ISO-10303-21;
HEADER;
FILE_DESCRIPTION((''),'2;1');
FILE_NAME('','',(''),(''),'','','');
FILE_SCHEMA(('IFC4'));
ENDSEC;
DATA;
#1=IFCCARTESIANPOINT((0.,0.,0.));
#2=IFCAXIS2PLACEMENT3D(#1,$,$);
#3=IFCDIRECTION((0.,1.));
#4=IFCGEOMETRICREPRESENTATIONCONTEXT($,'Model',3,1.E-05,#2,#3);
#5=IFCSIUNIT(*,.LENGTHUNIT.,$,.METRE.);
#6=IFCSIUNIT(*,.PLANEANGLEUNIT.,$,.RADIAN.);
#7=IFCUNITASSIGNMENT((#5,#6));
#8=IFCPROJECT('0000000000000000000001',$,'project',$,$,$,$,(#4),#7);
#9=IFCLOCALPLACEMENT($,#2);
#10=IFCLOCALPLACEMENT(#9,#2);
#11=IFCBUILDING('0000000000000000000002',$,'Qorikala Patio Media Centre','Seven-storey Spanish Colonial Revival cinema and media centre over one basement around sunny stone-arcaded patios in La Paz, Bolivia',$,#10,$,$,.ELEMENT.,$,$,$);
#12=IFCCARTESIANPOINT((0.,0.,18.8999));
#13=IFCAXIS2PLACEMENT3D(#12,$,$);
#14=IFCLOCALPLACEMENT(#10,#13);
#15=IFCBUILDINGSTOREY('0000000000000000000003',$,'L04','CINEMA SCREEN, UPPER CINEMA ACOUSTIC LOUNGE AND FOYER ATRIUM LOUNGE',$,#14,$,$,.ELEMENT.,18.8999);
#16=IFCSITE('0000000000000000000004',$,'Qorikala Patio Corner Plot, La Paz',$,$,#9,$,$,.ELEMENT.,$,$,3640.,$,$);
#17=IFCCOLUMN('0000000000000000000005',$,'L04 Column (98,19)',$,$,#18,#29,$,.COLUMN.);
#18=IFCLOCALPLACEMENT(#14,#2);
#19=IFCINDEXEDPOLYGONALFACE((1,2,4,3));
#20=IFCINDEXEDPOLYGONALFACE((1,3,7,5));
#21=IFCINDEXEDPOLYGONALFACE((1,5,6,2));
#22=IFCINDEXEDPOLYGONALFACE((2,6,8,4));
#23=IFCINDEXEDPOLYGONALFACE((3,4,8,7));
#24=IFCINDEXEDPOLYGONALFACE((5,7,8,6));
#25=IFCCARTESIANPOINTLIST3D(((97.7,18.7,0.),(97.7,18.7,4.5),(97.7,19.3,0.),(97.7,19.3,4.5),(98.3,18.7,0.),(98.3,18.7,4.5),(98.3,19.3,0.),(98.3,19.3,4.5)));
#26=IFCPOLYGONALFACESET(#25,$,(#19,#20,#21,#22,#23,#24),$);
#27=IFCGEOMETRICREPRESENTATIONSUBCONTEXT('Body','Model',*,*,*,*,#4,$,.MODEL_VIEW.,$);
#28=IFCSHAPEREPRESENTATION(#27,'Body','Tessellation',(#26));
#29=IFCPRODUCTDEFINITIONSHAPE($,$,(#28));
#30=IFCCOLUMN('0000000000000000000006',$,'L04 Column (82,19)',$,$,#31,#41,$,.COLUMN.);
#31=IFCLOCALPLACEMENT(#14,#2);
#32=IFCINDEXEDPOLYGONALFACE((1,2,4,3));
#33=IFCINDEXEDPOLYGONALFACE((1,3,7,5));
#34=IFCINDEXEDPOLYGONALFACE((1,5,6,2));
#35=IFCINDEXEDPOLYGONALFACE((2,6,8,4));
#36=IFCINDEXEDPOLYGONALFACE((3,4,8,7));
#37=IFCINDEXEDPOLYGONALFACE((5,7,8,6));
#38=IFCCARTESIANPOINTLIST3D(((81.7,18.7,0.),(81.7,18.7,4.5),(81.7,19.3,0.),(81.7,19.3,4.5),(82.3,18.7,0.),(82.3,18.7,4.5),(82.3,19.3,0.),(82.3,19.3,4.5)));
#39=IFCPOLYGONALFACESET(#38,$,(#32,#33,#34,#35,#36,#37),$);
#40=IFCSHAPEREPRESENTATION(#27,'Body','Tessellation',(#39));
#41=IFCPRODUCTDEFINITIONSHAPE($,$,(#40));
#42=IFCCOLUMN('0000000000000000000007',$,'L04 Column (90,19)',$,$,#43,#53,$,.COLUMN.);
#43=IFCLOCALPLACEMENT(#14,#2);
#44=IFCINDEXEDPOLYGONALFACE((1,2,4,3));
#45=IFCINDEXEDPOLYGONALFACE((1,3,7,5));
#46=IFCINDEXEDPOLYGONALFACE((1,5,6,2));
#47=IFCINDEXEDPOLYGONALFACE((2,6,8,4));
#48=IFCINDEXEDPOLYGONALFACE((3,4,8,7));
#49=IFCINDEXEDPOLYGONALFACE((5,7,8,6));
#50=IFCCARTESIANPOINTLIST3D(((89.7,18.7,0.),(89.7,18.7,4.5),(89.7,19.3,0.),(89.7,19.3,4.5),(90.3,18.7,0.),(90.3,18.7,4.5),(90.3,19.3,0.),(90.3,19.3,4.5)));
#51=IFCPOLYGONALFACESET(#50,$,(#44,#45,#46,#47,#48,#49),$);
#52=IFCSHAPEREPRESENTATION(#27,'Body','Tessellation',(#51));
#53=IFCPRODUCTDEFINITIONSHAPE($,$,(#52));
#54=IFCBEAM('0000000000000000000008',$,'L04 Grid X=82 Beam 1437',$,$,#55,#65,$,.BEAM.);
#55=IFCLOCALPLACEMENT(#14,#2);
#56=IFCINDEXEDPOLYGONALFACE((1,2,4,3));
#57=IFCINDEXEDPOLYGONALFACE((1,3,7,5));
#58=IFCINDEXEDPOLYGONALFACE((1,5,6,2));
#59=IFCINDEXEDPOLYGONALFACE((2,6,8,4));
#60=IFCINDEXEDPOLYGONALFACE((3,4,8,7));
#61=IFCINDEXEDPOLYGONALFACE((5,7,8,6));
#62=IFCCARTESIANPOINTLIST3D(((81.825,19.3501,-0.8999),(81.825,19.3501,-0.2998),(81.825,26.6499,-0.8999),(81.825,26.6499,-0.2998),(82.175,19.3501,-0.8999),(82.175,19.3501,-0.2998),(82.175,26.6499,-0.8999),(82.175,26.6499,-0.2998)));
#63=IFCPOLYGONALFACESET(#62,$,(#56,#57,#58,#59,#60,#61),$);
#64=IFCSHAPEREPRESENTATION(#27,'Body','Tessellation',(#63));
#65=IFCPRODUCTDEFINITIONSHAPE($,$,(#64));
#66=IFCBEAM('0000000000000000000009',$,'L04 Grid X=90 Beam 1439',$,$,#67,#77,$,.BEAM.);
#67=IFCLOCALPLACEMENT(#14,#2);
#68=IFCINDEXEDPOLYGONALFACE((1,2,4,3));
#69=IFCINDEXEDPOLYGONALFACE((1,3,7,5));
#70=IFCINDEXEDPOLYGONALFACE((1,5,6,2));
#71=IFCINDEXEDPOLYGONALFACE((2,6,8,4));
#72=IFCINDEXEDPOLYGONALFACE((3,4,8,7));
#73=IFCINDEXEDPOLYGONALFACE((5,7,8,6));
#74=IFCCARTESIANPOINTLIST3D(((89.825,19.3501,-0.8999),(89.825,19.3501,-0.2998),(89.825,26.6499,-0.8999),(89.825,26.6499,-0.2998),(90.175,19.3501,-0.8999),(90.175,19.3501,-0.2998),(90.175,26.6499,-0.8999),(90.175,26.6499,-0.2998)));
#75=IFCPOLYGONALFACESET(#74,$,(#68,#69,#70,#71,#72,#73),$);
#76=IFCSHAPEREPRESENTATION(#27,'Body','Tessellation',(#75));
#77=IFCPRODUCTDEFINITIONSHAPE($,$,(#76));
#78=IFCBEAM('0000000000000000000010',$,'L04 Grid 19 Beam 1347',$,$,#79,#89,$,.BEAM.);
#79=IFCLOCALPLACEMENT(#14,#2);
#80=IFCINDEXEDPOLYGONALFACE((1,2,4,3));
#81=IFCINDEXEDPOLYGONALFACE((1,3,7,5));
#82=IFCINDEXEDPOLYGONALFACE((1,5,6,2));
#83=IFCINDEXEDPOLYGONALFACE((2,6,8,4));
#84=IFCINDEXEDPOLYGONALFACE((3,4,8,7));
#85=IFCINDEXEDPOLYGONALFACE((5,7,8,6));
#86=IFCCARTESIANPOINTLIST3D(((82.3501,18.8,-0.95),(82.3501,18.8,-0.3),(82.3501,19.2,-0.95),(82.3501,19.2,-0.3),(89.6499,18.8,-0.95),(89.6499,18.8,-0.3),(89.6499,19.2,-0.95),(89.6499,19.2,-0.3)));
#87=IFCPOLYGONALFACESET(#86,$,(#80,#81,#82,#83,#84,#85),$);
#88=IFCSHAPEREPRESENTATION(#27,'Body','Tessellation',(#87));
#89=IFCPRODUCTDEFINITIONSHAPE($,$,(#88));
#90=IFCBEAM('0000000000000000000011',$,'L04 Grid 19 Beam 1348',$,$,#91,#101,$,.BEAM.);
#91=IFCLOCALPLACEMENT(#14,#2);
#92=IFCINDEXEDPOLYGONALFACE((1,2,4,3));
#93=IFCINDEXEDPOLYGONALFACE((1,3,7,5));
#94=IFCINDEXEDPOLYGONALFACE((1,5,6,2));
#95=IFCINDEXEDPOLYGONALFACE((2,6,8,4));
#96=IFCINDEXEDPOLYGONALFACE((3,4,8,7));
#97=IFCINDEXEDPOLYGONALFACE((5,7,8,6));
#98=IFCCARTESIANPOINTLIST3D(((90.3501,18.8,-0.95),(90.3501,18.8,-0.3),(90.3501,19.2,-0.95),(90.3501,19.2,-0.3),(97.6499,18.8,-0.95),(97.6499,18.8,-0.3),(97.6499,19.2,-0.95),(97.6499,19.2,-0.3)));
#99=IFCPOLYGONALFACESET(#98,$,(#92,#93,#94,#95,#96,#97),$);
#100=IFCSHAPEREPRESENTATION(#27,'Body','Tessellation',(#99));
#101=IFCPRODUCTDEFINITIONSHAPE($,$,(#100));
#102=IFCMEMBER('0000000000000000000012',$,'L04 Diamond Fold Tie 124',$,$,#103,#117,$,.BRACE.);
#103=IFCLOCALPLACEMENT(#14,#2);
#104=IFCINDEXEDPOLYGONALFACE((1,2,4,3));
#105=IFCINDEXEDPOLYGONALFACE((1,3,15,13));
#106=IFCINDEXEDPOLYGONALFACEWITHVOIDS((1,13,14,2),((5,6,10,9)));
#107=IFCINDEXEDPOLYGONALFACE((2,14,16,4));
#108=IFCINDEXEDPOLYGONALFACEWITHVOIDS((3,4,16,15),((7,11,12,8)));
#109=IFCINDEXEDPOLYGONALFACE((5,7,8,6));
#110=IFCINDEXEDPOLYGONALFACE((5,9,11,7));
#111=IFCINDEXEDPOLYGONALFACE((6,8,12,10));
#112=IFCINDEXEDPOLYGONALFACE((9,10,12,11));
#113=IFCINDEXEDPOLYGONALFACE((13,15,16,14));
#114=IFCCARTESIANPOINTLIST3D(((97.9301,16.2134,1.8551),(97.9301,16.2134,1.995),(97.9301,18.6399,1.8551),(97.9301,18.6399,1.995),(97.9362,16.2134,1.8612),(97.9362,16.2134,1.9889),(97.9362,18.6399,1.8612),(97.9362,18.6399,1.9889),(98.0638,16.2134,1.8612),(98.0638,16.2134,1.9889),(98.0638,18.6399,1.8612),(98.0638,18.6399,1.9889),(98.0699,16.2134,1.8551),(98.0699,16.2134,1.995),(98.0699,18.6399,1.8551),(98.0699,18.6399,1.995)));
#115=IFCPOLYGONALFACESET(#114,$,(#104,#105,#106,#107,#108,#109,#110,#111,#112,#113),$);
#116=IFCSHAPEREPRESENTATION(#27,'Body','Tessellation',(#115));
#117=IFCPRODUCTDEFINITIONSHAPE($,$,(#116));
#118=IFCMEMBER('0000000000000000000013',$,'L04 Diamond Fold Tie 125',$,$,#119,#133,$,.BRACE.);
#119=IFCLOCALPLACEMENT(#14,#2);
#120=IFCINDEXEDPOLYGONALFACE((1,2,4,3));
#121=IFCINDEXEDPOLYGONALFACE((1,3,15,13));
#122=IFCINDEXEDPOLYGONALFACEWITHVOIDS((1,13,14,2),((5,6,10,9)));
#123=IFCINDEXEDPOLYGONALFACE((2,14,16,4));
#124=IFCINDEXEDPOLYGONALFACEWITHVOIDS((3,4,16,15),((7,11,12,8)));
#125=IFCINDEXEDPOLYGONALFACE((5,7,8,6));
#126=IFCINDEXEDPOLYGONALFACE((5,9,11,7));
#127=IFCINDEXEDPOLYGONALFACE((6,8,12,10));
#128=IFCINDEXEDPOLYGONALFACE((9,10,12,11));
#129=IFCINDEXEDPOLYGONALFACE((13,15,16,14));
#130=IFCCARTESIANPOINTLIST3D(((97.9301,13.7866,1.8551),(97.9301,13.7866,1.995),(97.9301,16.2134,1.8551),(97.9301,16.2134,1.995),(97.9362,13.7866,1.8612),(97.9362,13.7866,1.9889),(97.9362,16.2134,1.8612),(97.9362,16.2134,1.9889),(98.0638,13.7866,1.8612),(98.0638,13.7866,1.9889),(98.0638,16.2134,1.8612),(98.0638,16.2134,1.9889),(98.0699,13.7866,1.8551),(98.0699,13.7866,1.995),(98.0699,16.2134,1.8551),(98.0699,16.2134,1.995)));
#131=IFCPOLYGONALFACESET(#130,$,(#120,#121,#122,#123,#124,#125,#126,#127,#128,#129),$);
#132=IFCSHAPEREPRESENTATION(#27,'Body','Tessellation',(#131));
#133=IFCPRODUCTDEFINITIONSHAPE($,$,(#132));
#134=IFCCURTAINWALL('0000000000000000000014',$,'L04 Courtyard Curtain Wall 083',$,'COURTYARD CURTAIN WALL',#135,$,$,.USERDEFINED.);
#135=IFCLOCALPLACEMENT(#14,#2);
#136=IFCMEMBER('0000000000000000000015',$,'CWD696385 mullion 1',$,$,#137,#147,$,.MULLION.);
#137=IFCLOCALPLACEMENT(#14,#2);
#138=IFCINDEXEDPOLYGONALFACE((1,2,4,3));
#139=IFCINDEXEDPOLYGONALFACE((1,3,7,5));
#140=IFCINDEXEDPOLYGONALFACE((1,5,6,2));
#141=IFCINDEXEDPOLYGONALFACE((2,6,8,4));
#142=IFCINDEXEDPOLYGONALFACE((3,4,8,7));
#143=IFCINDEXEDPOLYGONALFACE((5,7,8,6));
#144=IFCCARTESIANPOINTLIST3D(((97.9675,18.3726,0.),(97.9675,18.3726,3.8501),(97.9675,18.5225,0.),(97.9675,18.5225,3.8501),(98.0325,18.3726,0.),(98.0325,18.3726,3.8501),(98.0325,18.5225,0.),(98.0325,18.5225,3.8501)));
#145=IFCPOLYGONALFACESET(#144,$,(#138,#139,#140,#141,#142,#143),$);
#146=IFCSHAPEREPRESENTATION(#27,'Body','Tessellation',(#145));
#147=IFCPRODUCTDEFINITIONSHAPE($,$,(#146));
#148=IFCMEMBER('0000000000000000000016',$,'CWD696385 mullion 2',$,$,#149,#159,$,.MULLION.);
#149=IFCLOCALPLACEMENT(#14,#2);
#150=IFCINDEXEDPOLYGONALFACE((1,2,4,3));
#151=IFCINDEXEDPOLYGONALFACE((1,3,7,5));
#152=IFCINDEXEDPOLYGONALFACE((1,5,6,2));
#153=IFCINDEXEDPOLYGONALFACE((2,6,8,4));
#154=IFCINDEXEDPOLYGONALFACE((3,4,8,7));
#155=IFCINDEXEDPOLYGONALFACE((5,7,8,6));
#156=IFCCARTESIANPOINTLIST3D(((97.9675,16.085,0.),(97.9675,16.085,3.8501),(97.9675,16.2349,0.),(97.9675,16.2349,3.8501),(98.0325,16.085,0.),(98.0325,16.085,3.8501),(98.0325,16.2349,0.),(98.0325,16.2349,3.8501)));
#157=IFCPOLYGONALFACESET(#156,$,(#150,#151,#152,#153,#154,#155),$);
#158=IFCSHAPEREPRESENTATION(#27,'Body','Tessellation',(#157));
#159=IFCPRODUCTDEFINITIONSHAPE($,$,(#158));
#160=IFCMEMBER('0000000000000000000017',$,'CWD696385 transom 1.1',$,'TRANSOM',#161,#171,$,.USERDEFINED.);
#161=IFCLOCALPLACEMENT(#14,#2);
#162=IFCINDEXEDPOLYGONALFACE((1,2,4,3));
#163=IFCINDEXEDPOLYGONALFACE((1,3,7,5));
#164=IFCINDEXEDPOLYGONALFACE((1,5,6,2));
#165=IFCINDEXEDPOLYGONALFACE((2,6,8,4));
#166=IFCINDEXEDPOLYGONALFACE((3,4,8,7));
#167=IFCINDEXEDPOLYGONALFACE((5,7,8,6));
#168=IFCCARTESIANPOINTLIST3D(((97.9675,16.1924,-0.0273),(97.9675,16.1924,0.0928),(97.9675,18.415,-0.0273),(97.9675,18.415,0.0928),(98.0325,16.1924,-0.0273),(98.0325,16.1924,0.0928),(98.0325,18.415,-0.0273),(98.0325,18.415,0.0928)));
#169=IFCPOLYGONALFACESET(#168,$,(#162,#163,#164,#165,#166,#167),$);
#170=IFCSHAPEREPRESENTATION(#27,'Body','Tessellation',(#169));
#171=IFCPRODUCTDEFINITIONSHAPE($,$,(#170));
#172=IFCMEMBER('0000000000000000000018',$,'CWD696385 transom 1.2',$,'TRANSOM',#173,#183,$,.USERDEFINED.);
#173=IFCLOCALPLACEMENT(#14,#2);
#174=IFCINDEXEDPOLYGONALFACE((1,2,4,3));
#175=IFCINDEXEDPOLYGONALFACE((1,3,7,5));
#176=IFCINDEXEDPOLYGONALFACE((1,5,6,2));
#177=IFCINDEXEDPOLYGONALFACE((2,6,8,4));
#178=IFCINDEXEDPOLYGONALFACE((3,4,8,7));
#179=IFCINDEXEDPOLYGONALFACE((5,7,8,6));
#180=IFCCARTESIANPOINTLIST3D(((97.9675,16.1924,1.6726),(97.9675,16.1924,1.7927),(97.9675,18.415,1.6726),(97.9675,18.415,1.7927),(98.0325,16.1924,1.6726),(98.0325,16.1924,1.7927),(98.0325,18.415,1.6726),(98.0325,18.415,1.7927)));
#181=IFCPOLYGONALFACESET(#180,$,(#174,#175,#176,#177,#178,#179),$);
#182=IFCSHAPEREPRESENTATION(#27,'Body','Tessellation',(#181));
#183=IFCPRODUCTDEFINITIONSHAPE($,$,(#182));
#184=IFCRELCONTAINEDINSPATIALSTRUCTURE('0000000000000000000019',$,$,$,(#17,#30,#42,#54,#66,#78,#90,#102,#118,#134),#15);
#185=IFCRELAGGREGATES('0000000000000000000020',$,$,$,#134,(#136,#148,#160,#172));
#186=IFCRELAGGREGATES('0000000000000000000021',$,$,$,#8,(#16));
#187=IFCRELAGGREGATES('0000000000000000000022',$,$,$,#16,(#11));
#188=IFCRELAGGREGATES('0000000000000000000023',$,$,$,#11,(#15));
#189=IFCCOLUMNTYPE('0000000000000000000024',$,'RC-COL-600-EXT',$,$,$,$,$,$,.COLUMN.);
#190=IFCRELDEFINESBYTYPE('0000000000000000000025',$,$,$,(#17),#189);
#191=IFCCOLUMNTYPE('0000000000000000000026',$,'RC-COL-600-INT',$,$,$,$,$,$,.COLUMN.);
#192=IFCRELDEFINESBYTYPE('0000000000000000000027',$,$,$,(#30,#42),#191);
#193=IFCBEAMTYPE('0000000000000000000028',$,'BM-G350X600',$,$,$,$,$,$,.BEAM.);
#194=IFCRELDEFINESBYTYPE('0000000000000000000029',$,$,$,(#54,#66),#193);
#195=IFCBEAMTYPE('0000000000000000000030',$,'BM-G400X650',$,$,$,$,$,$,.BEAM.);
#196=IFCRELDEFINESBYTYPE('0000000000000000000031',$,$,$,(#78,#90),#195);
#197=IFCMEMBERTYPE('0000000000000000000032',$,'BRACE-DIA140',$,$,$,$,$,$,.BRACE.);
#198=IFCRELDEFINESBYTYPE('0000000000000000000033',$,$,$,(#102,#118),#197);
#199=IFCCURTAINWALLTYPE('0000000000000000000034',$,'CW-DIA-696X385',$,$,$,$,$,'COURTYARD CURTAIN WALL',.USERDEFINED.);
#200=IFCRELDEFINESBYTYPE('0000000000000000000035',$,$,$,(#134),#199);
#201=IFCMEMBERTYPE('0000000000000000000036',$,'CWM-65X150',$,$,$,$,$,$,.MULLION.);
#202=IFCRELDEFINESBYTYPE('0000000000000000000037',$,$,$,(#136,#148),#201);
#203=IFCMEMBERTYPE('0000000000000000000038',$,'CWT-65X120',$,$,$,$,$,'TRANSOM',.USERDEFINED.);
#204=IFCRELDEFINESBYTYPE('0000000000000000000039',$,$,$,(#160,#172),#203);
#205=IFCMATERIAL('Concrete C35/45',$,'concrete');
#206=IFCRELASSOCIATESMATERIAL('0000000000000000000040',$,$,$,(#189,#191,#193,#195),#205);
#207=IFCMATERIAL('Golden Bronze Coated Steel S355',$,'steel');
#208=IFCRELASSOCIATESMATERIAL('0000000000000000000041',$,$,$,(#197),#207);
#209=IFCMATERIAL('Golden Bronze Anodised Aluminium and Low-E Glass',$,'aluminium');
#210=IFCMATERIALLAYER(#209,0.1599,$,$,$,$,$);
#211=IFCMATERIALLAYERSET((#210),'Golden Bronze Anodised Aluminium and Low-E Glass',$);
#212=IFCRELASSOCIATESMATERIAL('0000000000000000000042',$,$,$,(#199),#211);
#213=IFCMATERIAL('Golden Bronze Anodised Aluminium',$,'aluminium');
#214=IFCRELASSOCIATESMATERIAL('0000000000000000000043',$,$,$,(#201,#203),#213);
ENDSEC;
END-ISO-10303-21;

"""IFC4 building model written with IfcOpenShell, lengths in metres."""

from ifc_helpers import new_model, si_unit, direction, frame, origin, origin_2d, place, context, subcontext, project, spatial, rectangle, hollow_rectangle, extrude, material, layer, layer_set, material_profile, profile_set, type_object, element, aggregate, save


model = new_model("IFC4")

# Units and contexts
model_context = context("Model", 3, precision=1e-05, world=origin(), true_north=direction((0.0, 1.0)))
body_context = subcontext(model_context, "Body", "Model", "MODEL_VIEW")
ifc_project = project(units=[si_unit("LENGTHUNIT", "METRE"), si_unit("PLANEANGLEUNIT", "RADIAN")], contexts=[model_context])

# Site, building, storey
site_placement = place(None, origin())
site = spatial("IfcSite", under=ifc_project, at=site_placement, Name="Qorikala Patio Corner Plot, La Paz", CompositionType="ELEMENT", RefElevation=3640.0)
building_placement = place(site_placement, origin())
building = spatial("IfcBuilding", under=site, at=building_placement, Name="Qorikala Patio Media Centre", Description="Seven-storey Spanish Colonial Revival cinema and media centre over one basement around sunny stone-arcaded patios in La Paz, Bolivia", CompositionType="ELEMENT")
storey_placement = place(building_placement, frame((0.0, 0.0, 18.8999)))
storey = spatial("IfcBuildingStorey", under=building, at=storey_placement, Name="L04", Description="CINEMA SCREEN, UPPER CINEMA ACOUSTIC LOUNGE AND FOYER ATRIUM LOUNGE", CompositionType="ELEMENT", Elevation=18.8999)

# Columns
ifc_material_1 = material(Name="Concrete C35/45", Category="concrete")
ifc_material_profile_1 = material_profile(ifc_material_1, rectangle(XDim=0.6001, YDim=0.6001, at=origin_2d()), Name="RC 600x600")
ifc_profile_set_1 = profile_set([ifc_material_profile_1], Name="Concrete C35/45")
column_type_1 = type_object("IfcColumnType", Name="RC-COL-600-EXT", PredefinedType="COLUMN", material=ifc_profile_set_1)
column_placement = place(storey_placement, frame((98.0, 19.0, 0.0), z_axis=(0.0, 0.0, 1.0), x_axis=(1.0, 0.0, 0.0)))
element("IfcColumn", 1, at=column_placement, inside=storey, type_object=column_type_1, Name="L04 Column (98,19)", PredefinedType="COLUMN", context=body_context, shape_type="SweptSolid", body=[
    extrude(rectangle(XDim=0.6001, YDim=0.6001, at=origin_2d()), origin(), (0.0, 0.0, 1.0), 4.5),
])
ifc_material_profile_2 = material_profile(ifc_material_1, rectangle(XDim=0.6001, YDim=0.6001, at=origin_2d()), Name="RC 600x600")
ifc_profile_set_2 = profile_set([ifc_material_profile_2], Name="Concrete C35/45")
column_type_2 = type_object("IfcColumnType", Name="RC-COL-600-INT", PredefinedType="COLUMN", material=ifc_profile_set_2)
for number, where, z_axis, x_axis, name in (
    (2, (82.0, 19.0, 0.0), (0.0, 0.0, 1.0), (1.0, 0.0, 0.0), "L04 Column (82,19)"),
    (3, (90.0, 19.0, 0.0), (0.0, 0.0, 1.0), (1.0, 0.0, 0.0), "L04 Column (90,19)"),
):
    element("IfcColumn", number, at=place(storey_placement, frame(where, z_axis=z_axis, x_axis=x_axis)), inside=storey, type_object=column_type_2, Name=name, PredefinedType="COLUMN", context=body_context, shape_type="SweptSolid", body=[
        extrude(rectangle(XDim=0.6001, YDim=0.6001, at=origin_2d()), origin(), (0.0, 0.0, 1.0), 4.5),
    ])

# Beams
ifc_material_profile_3 = material_profile(ifc_material_1, rectangle(XDim=0.3501, YDim=0.6001, at=origin_2d()), Name="RC 350x600")
ifc_profile_set_3 = profile_set([ifc_material_profile_3], Name="Concrete C35/45")
beam_type_1 = type_object("IfcBeamType", Name="BM-G350X600", PredefinedType="BEAM", material=ifc_profile_set_3)
for number, where, z_axis, x_axis, name in (
    (4, (82.0, 19.3501, -0.5999), (0.0, 1.0, 0.0), (-1.0, 0.0, 0.0), "L04 Grid X=82 Beam 1437"),
    (5, (90.0, 19.3501, -0.5999), (0.0, 1.0, 0.0), (-1.0, 0.0, 0.0), "L04 Grid X=90 Beam 1439"),
):
    element("IfcBeam", number, at=place(storey_placement, frame(where, z_axis=z_axis, x_axis=x_axis)), inside=storey, type_object=beam_type_1, Name=name, PredefinedType="BEAM", context=body_context, shape_type="SweptSolid", body=[
        extrude(rectangle(XDim=0.3501, YDim=0.6001, at=origin_2d()), origin(), (0.0, 0.0, 1.0), 7.2998),
    ])
ifc_material_profile_4 = material_profile(ifc_material_1, rectangle(XDim=0.3999, YDim=0.6499, at=origin_2d()), Name="RC 400x650")
ifc_profile_set_4 = profile_set([ifc_material_profile_4], Name="Concrete C35/45")
beam_type_2 = type_object("IfcBeamType", Name="BM-G400X650", PredefinedType="BEAM", material=ifc_profile_set_4)
for number, where, z_axis, x_axis, name in (
    (6, (82.3501, 19.0, -0.625), (1.0, 0.0, 0.0), (0.0, 1.0, 0.0), "L04 Grid 19 Beam 1347"),
    (7, (90.3501, 19.0, -0.625), (1.0, 0.0, 0.0), (0.0, 1.0, 0.0), "L04 Grid 19 Beam 1348"),
):
    element("IfcBeam", number, at=place(storey_placement, frame(where, z_axis=z_axis, x_axis=x_axis)), inside=storey, type_object=beam_type_2, Name=name, PredefinedType="BEAM", context=body_context, shape_type="SweptSolid", body=[
        extrude(rectangle(XDim=0.3999, YDim=0.6499, at=origin_2d()), origin(), (0.0, 0.0, 1.0), 7.2998),
    ])

# Members
ifc_material_2 = material(Name="Golden Bronze Coated Steel S355", Category="steel")
ifc_material_profile_5 = material_profile(ifc_material_2, hollow_rectangle(XDim=0.1399, YDim=0.1399, WallThickness=0.0061, at=origin_2d()), Name="HSS140X140X6")
ifc_profile_set_5 = profile_set([ifc_material_profile_5], Name="Golden Bronze Coated Steel S355")
member_type_1 = type_object("IfcMemberType", Name="BRACE-DIA140", PredefinedType="BRACE", material=ifc_profile_set_5)
member_1_placement = place(storey_placement, frame((98.0, 18.6399, 1.925), z_axis=(0.0, -1.0, 0.0), x_axis=(1.0, 0.0, 0.0)))
element("IfcMember", 8, at=member_1_placement, inside=storey, type_object=member_type_1, Name="L04 Diamond Fold Tie 124", PredefinedType="BRACE", context=body_context, shape_type="SweptSolid", body=[
    extrude(hollow_rectangle(XDim=0.1399, YDim=0.1399, WallThickness=0.0061, at=origin_2d()), origin(), (0.0, 0.0, 1.0), 2.4265),
])
member_2_placement = place(storey_placement, frame((98.0, 16.2134, 1.925), z_axis=(0.0, -1.0, 0.0), x_axis=(1.0, 0.0, 0.0)))
element("IfcMember", 9, at=member_2_placement, inside=storey, type_object=member_type_1, Name="L04 Diamond Fold Tie 125", PredefinedType="BRACE", context=body_context, shape_type="SweptSolid", body=[
    extrude(hollow_rectangle(XDim=0.1399, YDim=0.1399, WallThickness=0.0061, at=origin_2d()), origin(), (0.0, 0.0, 1.0), 2.4268),
])

# Curtain wall, members
ifc_material_3 = material(Name="Golden Bronze Anodised Aluminium and Low-E Glass", Category="aluminium")
ifc_layer_1 = layer(ifc_material_3, 0.1599)
ifc_layer_set_1 = layer_set([ifc_layer_1], Name="Golden Bronze Anodised Aluminium and Low-E Glass")
curtain_wall_type = type_object("IfcCurtainWallType", Name="CW-DIA-696X385", ElementType="COURTYARD CURTAIN WALL", PredefinedType="USERDEFINED", material=ifc_layer_set_1)
curtain_wall_placement = place(storey_placement, origin())
curtain_wall = element("IfcCurtainWall", 10, at=curtain_wall_placement, inside=storey, type_object=curtain_wall_type, Name="L04 Courtyard Curtain Wall 083", ObjectType="COURTYARD CURTAIN WALL", PredefinedType="USERDEFINED")
ifc_material_4 = material(Name="Golden Bronze Anodised Aluminium", Category="aluminium")
ifc_material_profile_6 = material_profile(ifc_material_4, rectangle(XDim=0.0649, YDim=0.1499, at=origin_2d()), Name="ALU MULLION 65x150")
ifc_profile_set_6 = profile_set([ifc_material_profile_6], Name="Golden Bronze Anodised Aluminium")
member_type_2 = type_object("IfcMemberType", Name="CWM-65X150", PredefinedType="MULLION", material=ifc_profile_set_6)
member_3_placement = place(storey_placement, frame((98.0, 18.4475, 0.0), z_axis=(0.0, 0.0, 1.0), x_axis=(1.0, 0.0, 0.0)))
member_3 = element("IfcMember", 11, at=member_3_placement, type_object=member_type_2, Name="CWD696385 mullion 1", PredefinedType="MULLION", context=body_context, shape_type="SweptSolid", body=[
    extrude(rectangle(XDim=0.0649, YDim=0.1499, at=origin_2d()), origin(), (0.0, 0.0, 1.0), 3.8501),
])
member_4_placement = place(storey_placement, frame((98.0, 16.1599, 0.0), z_axis=(0.0, 0.0, 1.0), x_axis=(1.0, 0.0, 0.0)))
member_4 = element("IfcMember", 12, at=member_4_placement, type_object=member_type_2, Name="CWD696385 mullion 2", PredefinedType="MULLION", context=body_context, shape_type="SweptSolid", body=[
    extrude(rectangle(XDim=0.0649, YDim=0.1499, at=origin_2d()), origin(), (0.0, 0.0, 1.0), 3.8501),
])
ifc_material_profile_7 = material_profile(ifc_material_4, rectangle(XDim=0.0649, YDim=0.1201, at=origin_2d()), Name="ALU TRANSOM 65x120")
ifc_profile_set_7 = profile_set([ifc_material_profile_7], Name="Golden Bronze Anodised Aluminium")
member_type_3 = type_object("IfcMemberType", Name="CWT-65X120", ElementType="TRANSOM", PredefinedType="USERDEFINED", material=ifc_profile_set_7)
member_5_placement = place(storey_placement, frame((98.0, 18.415, 0.0327), z_axis=(0.0, -1.0, 0.0), x_axis=(1.0, 0.0, 0.0)))
member_5 = element("IfcMember", 13, at=member_5_placement, type_object=member_type_3, Name="CWD696385 transom 1.1", ObjectType="TRANSOM", PredefinedType="USERDEFINED", context=body_context, shape_type="SweptSolid", body=[
    extrude(rectangle(XDim=0.0649, YDim=0.1201, at=origin_2d()), origin(), (0.0, 0.0, 1.0), 2.2227),
])
member_6_placement = place(storey_placement, frame((98.0, 18.415, 1.7327), z_axis=(0.0, -1.0, 0.0), x_axis=(1.0, 0.0, 0.0)))
member_6 = element("IfcMember", 14, at=member_6_placement, type_object=member_type_3, Name="CWD696385 transom 1.2", ObjectType="TRANSOM", PredefinedType="USERDEFINED", context=body_context, shape_type="SweptSolid", body=[
    extrude(rectangle(XDim=0.0649, YDim=0.1201, at=origin_2d()), origin(), (0.0, 0.0, 1.0), 2.2227),
])

aggregate(curtain_wall, [member_3, member_4, member_5, member_6])

save(model, "model.ifc")
